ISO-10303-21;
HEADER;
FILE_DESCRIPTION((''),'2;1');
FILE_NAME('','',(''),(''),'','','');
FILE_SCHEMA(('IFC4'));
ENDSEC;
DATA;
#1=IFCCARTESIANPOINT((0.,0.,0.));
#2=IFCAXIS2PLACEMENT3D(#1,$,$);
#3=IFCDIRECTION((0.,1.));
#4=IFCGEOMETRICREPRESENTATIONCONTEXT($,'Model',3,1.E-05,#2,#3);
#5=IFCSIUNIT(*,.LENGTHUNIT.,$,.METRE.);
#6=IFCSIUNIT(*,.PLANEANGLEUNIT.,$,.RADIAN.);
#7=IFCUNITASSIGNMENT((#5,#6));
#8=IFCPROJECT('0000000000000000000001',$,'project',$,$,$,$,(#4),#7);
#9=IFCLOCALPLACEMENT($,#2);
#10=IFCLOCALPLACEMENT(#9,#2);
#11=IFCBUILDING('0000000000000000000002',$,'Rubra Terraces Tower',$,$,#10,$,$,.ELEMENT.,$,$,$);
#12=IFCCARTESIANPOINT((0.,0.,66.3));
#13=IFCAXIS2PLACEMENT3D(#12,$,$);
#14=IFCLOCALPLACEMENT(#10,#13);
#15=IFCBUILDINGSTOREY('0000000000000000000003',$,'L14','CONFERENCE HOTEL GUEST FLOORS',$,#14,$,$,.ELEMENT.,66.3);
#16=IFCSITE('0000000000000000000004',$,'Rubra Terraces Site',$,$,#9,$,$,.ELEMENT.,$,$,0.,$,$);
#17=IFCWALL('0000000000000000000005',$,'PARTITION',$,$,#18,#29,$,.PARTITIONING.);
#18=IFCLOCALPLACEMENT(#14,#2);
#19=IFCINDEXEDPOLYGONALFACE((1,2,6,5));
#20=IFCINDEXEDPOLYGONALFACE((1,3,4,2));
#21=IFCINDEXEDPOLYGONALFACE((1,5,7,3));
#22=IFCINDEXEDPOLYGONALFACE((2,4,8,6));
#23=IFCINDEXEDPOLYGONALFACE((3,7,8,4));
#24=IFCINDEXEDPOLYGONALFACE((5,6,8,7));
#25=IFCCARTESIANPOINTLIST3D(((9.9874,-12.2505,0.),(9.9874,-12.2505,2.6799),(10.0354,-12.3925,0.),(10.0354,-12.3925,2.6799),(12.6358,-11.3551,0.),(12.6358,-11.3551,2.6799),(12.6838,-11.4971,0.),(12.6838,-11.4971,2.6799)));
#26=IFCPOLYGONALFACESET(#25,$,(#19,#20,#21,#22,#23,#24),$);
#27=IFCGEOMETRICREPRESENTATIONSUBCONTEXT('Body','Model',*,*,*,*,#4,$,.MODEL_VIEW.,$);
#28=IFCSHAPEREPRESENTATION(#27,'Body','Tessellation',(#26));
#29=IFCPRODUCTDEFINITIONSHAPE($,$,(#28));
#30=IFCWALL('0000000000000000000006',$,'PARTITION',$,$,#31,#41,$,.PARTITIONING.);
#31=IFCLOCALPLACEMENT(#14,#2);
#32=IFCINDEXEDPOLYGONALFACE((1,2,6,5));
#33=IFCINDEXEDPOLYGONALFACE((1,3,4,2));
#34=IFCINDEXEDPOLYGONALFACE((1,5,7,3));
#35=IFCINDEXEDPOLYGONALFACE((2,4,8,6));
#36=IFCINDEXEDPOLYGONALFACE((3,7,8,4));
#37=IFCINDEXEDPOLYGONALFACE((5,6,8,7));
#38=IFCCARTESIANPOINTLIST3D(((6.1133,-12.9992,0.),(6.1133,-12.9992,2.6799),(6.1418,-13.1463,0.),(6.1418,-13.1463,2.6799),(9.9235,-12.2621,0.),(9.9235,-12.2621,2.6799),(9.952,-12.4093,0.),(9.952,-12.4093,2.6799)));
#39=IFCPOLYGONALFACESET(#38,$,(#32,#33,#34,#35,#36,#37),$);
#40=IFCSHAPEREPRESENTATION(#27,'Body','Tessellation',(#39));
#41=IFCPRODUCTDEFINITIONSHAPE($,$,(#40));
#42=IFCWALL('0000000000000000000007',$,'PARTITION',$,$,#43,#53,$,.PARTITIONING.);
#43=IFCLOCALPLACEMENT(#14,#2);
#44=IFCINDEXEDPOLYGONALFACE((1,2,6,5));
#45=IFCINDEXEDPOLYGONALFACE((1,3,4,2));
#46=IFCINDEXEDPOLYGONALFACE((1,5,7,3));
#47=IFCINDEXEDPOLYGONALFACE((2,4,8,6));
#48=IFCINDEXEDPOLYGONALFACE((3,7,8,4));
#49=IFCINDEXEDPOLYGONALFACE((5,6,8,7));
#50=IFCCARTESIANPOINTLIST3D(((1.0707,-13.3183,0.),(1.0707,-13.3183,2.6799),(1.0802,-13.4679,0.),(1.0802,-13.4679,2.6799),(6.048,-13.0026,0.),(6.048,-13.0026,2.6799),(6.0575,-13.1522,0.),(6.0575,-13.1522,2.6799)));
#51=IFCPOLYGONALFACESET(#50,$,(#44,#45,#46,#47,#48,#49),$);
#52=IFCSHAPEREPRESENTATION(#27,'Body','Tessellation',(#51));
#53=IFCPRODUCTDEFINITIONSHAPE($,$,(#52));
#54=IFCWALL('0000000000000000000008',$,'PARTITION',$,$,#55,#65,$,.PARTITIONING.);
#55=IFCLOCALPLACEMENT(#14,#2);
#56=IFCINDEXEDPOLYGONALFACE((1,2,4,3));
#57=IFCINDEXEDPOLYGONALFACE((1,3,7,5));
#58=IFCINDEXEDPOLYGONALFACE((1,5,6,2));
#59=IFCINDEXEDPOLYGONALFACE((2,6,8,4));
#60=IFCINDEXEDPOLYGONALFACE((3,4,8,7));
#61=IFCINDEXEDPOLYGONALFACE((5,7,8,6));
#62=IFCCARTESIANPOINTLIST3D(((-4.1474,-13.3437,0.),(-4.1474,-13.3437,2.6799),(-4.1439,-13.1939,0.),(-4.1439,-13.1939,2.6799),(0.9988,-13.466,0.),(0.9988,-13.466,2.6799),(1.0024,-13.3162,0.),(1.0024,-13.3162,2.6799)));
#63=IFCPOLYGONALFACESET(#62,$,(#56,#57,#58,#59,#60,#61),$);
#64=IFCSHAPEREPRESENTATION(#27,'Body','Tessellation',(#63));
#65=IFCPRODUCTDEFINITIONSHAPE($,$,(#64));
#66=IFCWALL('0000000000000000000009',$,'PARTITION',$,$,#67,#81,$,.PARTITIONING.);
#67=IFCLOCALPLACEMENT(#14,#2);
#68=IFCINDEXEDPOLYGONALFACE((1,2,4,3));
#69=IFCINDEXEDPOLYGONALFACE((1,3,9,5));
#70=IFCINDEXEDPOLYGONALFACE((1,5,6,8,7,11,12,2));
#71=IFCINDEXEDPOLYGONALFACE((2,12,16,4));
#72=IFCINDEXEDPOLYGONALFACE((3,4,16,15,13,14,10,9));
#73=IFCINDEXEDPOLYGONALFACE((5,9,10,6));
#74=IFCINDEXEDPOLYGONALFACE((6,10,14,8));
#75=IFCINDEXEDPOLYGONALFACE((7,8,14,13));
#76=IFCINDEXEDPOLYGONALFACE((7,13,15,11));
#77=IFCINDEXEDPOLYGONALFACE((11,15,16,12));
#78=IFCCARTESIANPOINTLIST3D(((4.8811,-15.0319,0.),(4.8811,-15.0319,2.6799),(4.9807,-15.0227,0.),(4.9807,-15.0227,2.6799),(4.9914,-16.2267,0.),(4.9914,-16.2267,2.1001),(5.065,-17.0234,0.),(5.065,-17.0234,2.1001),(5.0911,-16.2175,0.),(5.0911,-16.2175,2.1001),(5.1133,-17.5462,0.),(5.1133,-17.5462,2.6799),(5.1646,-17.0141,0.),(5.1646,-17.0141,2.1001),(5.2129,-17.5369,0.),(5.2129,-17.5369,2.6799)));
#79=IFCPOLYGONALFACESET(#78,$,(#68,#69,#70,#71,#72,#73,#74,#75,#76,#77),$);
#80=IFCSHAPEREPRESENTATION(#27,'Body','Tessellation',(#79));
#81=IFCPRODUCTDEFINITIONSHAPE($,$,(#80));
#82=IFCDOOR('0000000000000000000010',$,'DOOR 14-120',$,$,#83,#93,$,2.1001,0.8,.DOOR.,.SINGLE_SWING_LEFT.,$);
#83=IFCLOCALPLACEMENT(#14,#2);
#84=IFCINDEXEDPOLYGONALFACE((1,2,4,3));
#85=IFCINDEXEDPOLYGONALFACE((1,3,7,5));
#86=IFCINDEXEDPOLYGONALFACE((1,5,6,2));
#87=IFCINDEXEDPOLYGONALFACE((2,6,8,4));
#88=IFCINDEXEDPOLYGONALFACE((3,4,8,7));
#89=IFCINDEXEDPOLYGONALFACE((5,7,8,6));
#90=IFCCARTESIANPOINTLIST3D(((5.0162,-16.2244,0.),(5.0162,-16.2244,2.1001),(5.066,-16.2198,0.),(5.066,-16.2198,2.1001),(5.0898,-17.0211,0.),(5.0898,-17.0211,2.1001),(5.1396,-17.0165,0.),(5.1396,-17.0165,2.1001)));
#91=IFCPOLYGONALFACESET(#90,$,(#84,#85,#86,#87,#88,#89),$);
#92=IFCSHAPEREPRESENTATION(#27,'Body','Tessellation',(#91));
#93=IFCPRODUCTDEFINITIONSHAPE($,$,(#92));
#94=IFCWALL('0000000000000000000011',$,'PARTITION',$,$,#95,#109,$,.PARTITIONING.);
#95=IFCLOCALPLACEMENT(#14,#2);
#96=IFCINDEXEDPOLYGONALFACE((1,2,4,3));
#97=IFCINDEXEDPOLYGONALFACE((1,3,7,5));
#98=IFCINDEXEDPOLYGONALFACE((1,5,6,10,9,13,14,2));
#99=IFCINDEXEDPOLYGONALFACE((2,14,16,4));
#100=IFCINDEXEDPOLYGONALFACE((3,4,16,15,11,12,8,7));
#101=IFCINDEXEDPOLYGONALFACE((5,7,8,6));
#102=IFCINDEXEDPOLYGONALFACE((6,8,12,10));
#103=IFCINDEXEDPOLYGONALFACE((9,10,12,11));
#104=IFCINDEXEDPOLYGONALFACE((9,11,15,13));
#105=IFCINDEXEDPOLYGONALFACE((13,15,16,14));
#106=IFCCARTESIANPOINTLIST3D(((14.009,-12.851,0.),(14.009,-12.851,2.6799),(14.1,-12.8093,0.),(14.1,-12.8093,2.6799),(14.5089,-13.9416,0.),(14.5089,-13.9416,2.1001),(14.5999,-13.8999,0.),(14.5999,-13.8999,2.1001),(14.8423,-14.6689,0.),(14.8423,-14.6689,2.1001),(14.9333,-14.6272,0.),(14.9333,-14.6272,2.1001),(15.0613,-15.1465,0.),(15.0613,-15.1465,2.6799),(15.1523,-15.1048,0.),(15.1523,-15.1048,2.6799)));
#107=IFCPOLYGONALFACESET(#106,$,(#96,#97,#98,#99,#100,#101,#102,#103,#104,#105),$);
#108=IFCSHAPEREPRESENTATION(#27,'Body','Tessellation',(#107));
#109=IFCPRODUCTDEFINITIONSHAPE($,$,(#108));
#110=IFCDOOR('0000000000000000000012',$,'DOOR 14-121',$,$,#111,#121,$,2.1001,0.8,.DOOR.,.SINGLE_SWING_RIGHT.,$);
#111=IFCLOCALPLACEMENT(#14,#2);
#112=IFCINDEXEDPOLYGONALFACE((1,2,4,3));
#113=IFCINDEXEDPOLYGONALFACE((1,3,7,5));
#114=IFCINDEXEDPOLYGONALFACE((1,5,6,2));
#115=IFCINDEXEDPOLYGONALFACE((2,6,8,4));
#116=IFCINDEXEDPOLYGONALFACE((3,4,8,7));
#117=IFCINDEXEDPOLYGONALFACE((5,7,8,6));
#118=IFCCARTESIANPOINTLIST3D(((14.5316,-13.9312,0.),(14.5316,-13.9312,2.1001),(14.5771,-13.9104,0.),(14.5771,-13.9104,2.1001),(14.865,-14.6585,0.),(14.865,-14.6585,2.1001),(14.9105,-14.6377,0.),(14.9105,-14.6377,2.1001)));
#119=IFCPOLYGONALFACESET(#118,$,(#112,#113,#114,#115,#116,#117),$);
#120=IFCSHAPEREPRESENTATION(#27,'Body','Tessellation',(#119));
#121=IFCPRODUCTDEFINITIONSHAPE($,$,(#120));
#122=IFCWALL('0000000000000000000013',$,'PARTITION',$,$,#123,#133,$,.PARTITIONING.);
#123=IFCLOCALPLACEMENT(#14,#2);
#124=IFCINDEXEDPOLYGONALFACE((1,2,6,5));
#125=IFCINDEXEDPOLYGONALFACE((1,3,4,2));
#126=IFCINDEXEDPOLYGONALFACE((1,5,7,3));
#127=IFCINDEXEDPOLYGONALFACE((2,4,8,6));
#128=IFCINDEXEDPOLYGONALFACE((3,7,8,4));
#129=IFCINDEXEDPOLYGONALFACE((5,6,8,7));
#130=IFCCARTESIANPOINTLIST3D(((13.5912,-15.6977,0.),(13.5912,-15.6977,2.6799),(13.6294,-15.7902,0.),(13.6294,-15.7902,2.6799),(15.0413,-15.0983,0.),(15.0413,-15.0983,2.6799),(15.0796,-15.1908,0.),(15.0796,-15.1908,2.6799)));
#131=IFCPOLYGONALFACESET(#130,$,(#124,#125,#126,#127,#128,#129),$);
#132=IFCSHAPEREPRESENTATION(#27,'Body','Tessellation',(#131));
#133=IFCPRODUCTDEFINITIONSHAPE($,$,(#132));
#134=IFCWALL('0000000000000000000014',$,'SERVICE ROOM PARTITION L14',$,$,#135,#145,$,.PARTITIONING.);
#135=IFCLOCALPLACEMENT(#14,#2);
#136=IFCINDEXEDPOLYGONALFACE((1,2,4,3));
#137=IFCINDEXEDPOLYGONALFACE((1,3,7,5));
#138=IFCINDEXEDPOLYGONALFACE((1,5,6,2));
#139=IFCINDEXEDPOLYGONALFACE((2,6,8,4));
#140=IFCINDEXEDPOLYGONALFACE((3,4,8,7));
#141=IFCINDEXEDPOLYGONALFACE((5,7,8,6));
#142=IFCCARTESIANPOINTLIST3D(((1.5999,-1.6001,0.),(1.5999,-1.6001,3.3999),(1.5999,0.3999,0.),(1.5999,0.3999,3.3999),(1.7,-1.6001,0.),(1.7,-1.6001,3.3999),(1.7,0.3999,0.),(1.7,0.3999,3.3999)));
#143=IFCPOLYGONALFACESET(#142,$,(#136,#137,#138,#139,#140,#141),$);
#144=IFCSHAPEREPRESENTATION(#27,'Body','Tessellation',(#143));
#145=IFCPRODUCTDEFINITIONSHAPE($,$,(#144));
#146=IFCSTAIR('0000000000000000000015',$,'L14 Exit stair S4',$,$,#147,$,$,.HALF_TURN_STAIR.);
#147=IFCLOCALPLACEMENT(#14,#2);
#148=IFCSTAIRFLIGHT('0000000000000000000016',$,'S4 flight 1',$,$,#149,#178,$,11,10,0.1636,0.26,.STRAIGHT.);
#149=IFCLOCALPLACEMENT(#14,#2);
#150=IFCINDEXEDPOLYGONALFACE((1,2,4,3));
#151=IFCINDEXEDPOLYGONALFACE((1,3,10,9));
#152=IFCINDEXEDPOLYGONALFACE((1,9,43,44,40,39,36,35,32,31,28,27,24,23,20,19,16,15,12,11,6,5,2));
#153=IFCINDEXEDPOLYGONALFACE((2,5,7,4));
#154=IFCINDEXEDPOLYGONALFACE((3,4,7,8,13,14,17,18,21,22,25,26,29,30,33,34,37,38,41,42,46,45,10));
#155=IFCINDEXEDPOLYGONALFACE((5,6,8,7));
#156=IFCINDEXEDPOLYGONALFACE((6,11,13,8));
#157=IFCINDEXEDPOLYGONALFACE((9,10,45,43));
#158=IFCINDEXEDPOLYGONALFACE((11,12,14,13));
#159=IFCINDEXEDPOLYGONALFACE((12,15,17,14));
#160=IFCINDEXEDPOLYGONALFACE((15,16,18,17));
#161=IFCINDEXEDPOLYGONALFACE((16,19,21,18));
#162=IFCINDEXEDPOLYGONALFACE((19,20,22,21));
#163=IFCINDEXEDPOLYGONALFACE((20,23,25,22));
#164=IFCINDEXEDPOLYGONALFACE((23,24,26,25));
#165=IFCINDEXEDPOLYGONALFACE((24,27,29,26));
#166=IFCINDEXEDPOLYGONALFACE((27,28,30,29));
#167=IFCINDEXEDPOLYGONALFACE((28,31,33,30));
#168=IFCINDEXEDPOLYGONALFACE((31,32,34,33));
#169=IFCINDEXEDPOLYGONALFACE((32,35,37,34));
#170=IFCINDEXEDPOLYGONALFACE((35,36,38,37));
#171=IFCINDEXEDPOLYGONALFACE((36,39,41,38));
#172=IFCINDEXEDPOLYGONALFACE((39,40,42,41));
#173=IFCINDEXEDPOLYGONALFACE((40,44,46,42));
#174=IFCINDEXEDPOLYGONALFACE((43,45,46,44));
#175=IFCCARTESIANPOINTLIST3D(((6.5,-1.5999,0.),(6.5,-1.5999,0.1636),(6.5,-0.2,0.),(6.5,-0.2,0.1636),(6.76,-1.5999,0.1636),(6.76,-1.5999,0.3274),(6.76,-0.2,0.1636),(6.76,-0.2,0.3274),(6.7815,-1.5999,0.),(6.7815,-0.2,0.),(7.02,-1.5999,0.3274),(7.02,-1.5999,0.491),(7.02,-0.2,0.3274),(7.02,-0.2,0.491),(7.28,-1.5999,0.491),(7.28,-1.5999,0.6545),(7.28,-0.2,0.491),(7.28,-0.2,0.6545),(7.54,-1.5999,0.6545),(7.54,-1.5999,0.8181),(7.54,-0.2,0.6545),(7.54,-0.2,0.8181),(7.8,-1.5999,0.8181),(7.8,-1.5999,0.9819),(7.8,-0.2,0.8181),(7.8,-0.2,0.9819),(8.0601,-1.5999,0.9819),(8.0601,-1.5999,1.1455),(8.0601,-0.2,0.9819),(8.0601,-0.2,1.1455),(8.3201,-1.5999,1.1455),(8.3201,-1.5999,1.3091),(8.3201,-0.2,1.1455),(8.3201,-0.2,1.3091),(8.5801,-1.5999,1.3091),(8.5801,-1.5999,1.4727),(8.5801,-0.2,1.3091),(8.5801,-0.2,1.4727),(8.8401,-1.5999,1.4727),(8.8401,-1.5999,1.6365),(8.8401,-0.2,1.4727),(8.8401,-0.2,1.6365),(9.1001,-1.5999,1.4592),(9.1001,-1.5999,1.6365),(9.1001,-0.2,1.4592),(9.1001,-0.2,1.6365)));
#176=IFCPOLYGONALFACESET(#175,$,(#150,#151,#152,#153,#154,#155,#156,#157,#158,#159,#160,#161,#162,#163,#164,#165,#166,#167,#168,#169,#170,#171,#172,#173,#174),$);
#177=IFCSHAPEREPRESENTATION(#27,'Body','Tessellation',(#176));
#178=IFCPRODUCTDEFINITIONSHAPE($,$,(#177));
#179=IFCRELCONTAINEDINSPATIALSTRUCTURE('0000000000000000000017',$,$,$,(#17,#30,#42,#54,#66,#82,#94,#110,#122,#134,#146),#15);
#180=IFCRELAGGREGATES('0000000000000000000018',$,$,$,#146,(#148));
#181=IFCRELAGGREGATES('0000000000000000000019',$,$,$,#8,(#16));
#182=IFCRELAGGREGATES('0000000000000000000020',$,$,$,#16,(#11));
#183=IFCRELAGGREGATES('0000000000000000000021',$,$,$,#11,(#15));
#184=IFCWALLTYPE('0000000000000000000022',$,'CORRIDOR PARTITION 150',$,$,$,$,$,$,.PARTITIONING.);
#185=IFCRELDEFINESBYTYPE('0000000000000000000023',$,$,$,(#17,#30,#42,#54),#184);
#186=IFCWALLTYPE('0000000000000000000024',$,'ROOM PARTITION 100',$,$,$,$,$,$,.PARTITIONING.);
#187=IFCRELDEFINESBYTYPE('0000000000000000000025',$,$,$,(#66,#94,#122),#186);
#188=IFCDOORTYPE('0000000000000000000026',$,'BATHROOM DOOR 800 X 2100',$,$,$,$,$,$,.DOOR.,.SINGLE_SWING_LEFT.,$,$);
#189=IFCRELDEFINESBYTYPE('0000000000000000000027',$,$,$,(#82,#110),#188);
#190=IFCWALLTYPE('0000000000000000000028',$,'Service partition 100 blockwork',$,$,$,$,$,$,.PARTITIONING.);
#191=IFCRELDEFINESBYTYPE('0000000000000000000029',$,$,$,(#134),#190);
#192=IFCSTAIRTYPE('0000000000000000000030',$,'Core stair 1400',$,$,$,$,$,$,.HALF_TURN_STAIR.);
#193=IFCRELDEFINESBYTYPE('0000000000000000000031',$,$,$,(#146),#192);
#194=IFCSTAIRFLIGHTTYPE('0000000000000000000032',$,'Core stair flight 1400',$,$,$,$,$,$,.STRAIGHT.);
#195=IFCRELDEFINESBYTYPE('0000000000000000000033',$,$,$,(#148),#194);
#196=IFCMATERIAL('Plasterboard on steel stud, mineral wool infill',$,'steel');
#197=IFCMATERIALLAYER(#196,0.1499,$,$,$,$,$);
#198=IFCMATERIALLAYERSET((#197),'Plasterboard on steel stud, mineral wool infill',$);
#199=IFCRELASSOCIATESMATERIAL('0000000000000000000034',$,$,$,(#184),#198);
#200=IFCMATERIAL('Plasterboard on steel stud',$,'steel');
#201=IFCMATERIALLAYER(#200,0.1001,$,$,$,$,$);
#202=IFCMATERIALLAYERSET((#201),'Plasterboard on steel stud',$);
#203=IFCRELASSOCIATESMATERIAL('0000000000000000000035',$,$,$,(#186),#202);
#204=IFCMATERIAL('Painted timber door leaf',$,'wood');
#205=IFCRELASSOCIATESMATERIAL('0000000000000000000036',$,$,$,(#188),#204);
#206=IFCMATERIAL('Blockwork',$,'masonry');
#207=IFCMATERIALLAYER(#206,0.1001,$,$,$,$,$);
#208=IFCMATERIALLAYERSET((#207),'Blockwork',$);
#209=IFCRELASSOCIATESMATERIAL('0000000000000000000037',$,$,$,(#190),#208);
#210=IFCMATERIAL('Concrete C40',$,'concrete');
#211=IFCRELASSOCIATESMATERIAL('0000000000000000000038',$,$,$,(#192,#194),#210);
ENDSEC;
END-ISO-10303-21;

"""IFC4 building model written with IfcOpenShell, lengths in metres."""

from ifc_helpers import new_model, si_unit, direction, frame, frame_2d, origin, place, context, subcontext, project, spatial, polyline, rectangle, outline, extrude, material, layer, layer_set, type_object, element, fill, aggregate, save


model = new_model("IFC4")

# Units and contexts
model_context = context("Model", 3, precision=1e-05, world=origin(), true_north=direction((0.0, 1.0)))
body_context = subcontext(model_context, "Body", "Model", "MODEL_VIEW")
ifc_project = project(units=[si_unit("LENGTHUNIT", "METRE"), si_unit("PLANEANGLEUNIT", "RADIAN")], contexts=[model_context])

# Site, building, storey
site_placement = place(None, origin())
site = spatial("IfcSite", under=ifc_project, at=site_placement, Name="Rubra Terraces Site", CompositionType="ELEMENT", RefElevation=0.0)
building_placement = place(site_placement, origin())
building = spatial("IfcBuilding", under=site, at=building_placement, Name="Rubra Terraces Tower", CompositionType="ELEMENT")
storey_placement = place(building_placement, frame((0.0, 0.0, 66.3)))
storey = spatial("IfcBuildingStorey", under=building, at=storey_placement, Name="L14", Description="CONFERENCE HOTEL GUEST FLOORS", CompositionType="ELEMENT", Elevation=66.3)

# Shared definitions
ifc_material_1 = material(Name="Plasterboard on steel stud, mineral wool infill", Category="steel")
ifc_layer_1 = layer(ifc_material_1, 0.1499)
ifc_layer_set_1 = layer_set([ifc_layer_1], Name="Plasterboard on steel stud, mineral wool infill")
wall_type_1 = type_object("IfcWallType", Name="CORRIDOR PARTITION 150", PredefinedType="PARTITIONING", material=ifc_layer_set_1)

# Shared definitions
ifc_material_2 = material(Name="Painted timber door leaf", Category="wood")

# Walls
wall_1_placement = place(storey_placement, frame((12.6599, -11.426, 0.0), z_axis=(0.0, 0.0, 1.0), x_axis=(-0.947312, -0.320312, 0.0)))
element("IfcWall", 1, at=wall_1_placement, inside=storey, type_object=wall_type_1, Name="PARTITION", PredefinedType="PARTITIONING", context=body_context, shape_type="SweptSolid", body=[
    extrude(rectangle(XDim=2.7957, YDim=0.1499, at=frame_2d((1.3979, 0.0))), origin(), (0.0, 0.0, 1.0), 2.6799),
])
wall_2_placement = place(storey_placement, frame((9.9377, -12.3357, 0.0), z_axis=(0.0, 0.0, 1.0), x_axis=(-0.9818, -0.189918, 0.0)))
element("IfcWall", 2, at=wall_2_placement, inside=storey, type_object=wall_type_1, Name="PARTITION", PredefinedType="PARTITIONING", context=body_context, shape_type="SweptSolid", body=[
    extrude(rectangle(XDim=3.8809, YDim=0.1499, at=frame_2d((1.9404, 0.0))), origin(), (0.0, 0.0, 1.0), 2.6799),
])
wall_3_placement = place(storey_placement, frame((6.0527, -13.0774, 0.0), z_axis=(0.0, 0.0, 1.0), x_axis=(-0.997995, -0.063296, 0.0)))
element("IfcWall", 3, at=wall_3_placement, inside=storey, type_object=wall_type_1, Name="PARTITION", PredefinedType="PARTITIONING", context=body_context, shape_type="SweptSolid", body=[
    extrude(rectangle(XDim=4.9873, YDim=0.1499, at=frame_2d((2.4937, 0.0))), origin(), (0.0, 0.0, 1.0), 2.6799),
])
wall_4_placement = place(storey_placement, frame((1.0005, -13.3911, 0.0), z_axis=(0.0, 0.0, 1.0), x_axis=(-0.999718, 0.023761, 0.0)))
element("IfcWall", 4, at=wall_4_placement, inside=storey, type_object=wall_type_1, Name="PARTITION", PredefinedType="PARTITIONING", context=body_context, shape_type="SweptSolid", body=[
    extrude(rectangle(XDim=5.1477, YDim=0.1499, at=frame_2d((2.5737, 0.0))), origin(), (0.0, 0.0, 1.0), 2.6799),
])

# Walls, openings, doors
ifc_material_3 = material(Name="Plasterboard on steel stud", Category="steel")
ifc_layer_2 = layer(ifc_material_3, 0.1001)
ifc_layer_set_2 = layer_set([ifc_layer_2], Name="Plasterboard on steel stud")
wall_type_2 = type_object("IfcWallType", Name="ROOM PARTITION 100", PredefinedType="PARTITIONING", material=ifc_layer_set_2)
wall_5_placement = place(storey_placement, frame((4.9309, -15.0273, 0.0), z_axis=(0.0, 0.0, 1.0), x_axis=(0.091957, -0.995763, 0.0)))
wall_5 = element("IfcWall", 5, at=wall_5_placement, inside=storey, type_object=wall_type_2, Name="PARTITION", PredefinedType="PARTITIONING", context=body_context, shape_type="SweptSolid", body=[
    extrude(rectangle(XDim=2.5249, YDim=0.1001, at=frame_2d((1.2625, 0.0))), origin(), (0.0, 0.0, 1.0), 2.6799),
])
opening_1_placement = place(wall_5_placement, frame((1.2, 0.0, 0.0)))
opening_1 = element("IfcOpeningElement", 6, at=opening_1_placement, cuts=wall_5, PredefinedType="OPENING", context=body_context, shape_type="SweptSolid", body=[
    extrude(rectangle(XDim=0.8, YDim=2.1001, at=frame_2d((0.3999, 1.05))), frame((0.0, 0.0601, 0.0), z_axis=(0.0, -1.0, 0.0), x_axis=(1.0, 0.0, 0.0)), (0.0, 0.0, 1.0), 0.1201),
])
door_type_1 = type_object("IfcDoorType", Name="BATHROOM DOOR 800 X 2100", OperationType="SINGLE_SWING_LEFT", PredefinedType="DOOR", material=ifc_material_2)
door_1_placement = place(opening_1_placement, origin())
door_1 = element("IfcDoor", 7, at=door_1_placement, inside=storey, type_object=door_type_1, Name="DOOR 14-120", OperationType="SINGLE_SWING_LEFT", OverallHeight=2.1001, OverallWidth=0.8, PredefinedType="DOOR", context=body_context, shape_type="SweptSolid", body=[
    extrude(rectangle(XDim=0.8, YDim=2.1001, at=frame_2d((0.3999, 1.05))), frame((0.0, 0.0249, 0.0), z_axis=(0.0, -1.0, 0.0), x_axis=(1.0, 0.0, 0.0)), (0.0, 0.0, 1.0), 0.05),
])
fill(opening_1, door_1)
wall_6_placement = place(storey_placement, frame((14.0544, -12.8301, 0.0), z_axis=(0.0, 0.0, 1.0), x_axis=(0.416715, -0.909037, 0.0)))
wall_6 = element("IfcWall", 8, at=wall_6_placement, inside=storey, type_object=wall_type_2, Name="PARTITION", PredefinedType="PARTITIONING", context=body_context, shape_type="SweptSolid", body=[
    extrude(rectangle(XDim=2.5251, YDim=0.1001, at=frame_2d((1.2627, 0.0))), origin(), (0.0, 0.0, 1.0), 2.6799),
])
opening_2_placement = place(wall_6_placement, frame((1.2, 0.0, 0.0)))
opening_2 = element("IfcOpeningElement", 9, at=opening_2_placement, cuts=wall_6, PredefinedType="OPENING", context=body_context, shape_type="SweptSolid", body=[
    extrude(rectangle(XDim=0.8, YDim=2.1001, at=frame_2d((0.3999, 1.05))), frame((0.0, 0.0601, 0.0), z_axis=(0.0, -1.0, 0.0), x_axis=(1.0, 0.0, 0.0)), (0.0, 0.0, 1.0), 0.1201),
])
door_2_placement = place(opening_2_placement, origin())
door_2 = element("IfcDoor", 10, at=door_2_placement, inside=storey, type_object=door_type_1, Name="DOOR 14-121", OperationType="SINGLE_SWING_RIGHT", OverallHeight=2.1001, OverallWidth=0.8, PredefinedType="DOOR", context=body_context, shape_type="SweptSolid", body=[
    extrude(rectangle(XDim=0.8, YDim=2.1001, at=frame_2d((0.3999, 1.05))), frame((0.0, 0.0249, 0.0), z_axis=(0.0, -1.0, 0.0), x_axis=(1.0, 0.0, 0.0)), (0.0, 0.0, 1.0), 0.05),
])
fill(opening_2, door_2)

# Walls
wall_7_placement = place(storey_placement, frame((15.0605, -15.1445, 0.0), z_axis=(0.0, 0.0, 1.0), x_axis=(-0.924178, -0.381962, 0.0)))
element("IfcWall", 11, at=wall_7_placement, inside=storey, type_object=wall_type_2, Name="PARTITION", PredefinedType="PARTITIONING", context=body_context, shape_type="SweptSolid", body=[
    extrude(rectangle(XDim=1.5691, YDim=0.1001, at=frame_2d((0.7847, 0.0))), origin(), (0.0, 0.0, 1.0), 2.6799),
])
ifc_material_4 = material(Name="Blockwork", Category="masonry")
ifc_layer_3 = layer(ifc_material_4, 0.1001)
ifc_layer_set_3 = layer_set([ifc_layer_3], Name="Blockwork")
wall_type_3 = type_object("IfcWallType", Name="Service partition 100 blockwork", PredefinedType="PARTITIONING", material=ifc_layer_set_3)
wall_8_placement = place(storey_placement, frame((1.6499, -1.6001, 0.0), z_axis=(0.0, 0.0, 1.0), x_axis=(0.0, 1.0, 0.0)))
element("IfcWall", 12, at=wall_8_placement, inside=storey, type_object=wall_type_3, Name="SERVICE ROOM PARTITION L14", PredefinedType="PARTITIONING", context=body_context, shape_type="SweptSolid", body=[
    extrude(rectangle(XDim=2.0, YDim=0.1001, at=frame_2d((1.0, 0.0))), origin(), (0.0, 0.0, 1.0), 3.3999),
])

# Stair, stair flight
ifc_material_5 = material(Name="Concrete C40", Category="concrete")
stair_type = type_object("IfcStairType", Name="Core stair 1400", PredefinedType="HALF_TURN_STAIR", material=ifc_material_5)
stair_placement = place(storey_placement, origin())
stair = element("IfcStair", 13, at=stair_placement, inside=storey, type_object=stair_type, Name="L14 Exit stair S4", PredefinedType="HALF_TURN_STAIR")
stair_flight_type = type_object("IfcStairFlightType", Name="Core stair flight 1400", PredefinedType="STRAIGHT", material=ifc_material_5)
stair_flight_placement = place(storey_placement, frame((6.5, -0.8999, 0.0), z_axis=(0.0, 0.0, 1.0), x_axis=(1.0, 0.0, 0.0)))
stair_flight = element("IfcStairFlight", 14, at=stair_flight_placement, type_object=stair_flight_type, Name="S4 flight 1", NumberOfRisers=11, NumberOfTreads=10, PredefinedType="STRAIGHT", RiserHeight=0.1636, TreadLength=0.26, context=body_context, shape_type="SweptSolid", body=[
    extrude(outline(polyline([(0.0, 0.0), (0.0, 0.1636), (0.26, 0.1636), (0.26, 0.3274), (0.52, 0.3274), (0.52, 0.491), (0.78, 0.491), (0.78, 0.6545), (1.04, 0.6545), (1.04, 0.8181), (1.3, 0.8181), (1.3, 0.9819), (1.5601, 0.9819), (1.5601, 1.1455), (1.8201, 1.1455), (1.8201, 1.3091), (2.0801, 1.3091), (2.0801, 1.4727), (2.3401, 1.4727), (2.3401, 1.6365), (2.6001, 1.6365), (2.6001, 1.8), (2.6001, 1.4592), (0.2815, 0.0), (0.0, 0.0)])), frame((0.0, 0.7, 0.0), z_axis=(0.0, -1.0, 0.0), x_axis=(1.0, 0.0, 0.0)), (0.0, 0.0, 1.0), 1.3999),
])
aggregate(stair, [stair_flight])

save(model, "model.ifc")
